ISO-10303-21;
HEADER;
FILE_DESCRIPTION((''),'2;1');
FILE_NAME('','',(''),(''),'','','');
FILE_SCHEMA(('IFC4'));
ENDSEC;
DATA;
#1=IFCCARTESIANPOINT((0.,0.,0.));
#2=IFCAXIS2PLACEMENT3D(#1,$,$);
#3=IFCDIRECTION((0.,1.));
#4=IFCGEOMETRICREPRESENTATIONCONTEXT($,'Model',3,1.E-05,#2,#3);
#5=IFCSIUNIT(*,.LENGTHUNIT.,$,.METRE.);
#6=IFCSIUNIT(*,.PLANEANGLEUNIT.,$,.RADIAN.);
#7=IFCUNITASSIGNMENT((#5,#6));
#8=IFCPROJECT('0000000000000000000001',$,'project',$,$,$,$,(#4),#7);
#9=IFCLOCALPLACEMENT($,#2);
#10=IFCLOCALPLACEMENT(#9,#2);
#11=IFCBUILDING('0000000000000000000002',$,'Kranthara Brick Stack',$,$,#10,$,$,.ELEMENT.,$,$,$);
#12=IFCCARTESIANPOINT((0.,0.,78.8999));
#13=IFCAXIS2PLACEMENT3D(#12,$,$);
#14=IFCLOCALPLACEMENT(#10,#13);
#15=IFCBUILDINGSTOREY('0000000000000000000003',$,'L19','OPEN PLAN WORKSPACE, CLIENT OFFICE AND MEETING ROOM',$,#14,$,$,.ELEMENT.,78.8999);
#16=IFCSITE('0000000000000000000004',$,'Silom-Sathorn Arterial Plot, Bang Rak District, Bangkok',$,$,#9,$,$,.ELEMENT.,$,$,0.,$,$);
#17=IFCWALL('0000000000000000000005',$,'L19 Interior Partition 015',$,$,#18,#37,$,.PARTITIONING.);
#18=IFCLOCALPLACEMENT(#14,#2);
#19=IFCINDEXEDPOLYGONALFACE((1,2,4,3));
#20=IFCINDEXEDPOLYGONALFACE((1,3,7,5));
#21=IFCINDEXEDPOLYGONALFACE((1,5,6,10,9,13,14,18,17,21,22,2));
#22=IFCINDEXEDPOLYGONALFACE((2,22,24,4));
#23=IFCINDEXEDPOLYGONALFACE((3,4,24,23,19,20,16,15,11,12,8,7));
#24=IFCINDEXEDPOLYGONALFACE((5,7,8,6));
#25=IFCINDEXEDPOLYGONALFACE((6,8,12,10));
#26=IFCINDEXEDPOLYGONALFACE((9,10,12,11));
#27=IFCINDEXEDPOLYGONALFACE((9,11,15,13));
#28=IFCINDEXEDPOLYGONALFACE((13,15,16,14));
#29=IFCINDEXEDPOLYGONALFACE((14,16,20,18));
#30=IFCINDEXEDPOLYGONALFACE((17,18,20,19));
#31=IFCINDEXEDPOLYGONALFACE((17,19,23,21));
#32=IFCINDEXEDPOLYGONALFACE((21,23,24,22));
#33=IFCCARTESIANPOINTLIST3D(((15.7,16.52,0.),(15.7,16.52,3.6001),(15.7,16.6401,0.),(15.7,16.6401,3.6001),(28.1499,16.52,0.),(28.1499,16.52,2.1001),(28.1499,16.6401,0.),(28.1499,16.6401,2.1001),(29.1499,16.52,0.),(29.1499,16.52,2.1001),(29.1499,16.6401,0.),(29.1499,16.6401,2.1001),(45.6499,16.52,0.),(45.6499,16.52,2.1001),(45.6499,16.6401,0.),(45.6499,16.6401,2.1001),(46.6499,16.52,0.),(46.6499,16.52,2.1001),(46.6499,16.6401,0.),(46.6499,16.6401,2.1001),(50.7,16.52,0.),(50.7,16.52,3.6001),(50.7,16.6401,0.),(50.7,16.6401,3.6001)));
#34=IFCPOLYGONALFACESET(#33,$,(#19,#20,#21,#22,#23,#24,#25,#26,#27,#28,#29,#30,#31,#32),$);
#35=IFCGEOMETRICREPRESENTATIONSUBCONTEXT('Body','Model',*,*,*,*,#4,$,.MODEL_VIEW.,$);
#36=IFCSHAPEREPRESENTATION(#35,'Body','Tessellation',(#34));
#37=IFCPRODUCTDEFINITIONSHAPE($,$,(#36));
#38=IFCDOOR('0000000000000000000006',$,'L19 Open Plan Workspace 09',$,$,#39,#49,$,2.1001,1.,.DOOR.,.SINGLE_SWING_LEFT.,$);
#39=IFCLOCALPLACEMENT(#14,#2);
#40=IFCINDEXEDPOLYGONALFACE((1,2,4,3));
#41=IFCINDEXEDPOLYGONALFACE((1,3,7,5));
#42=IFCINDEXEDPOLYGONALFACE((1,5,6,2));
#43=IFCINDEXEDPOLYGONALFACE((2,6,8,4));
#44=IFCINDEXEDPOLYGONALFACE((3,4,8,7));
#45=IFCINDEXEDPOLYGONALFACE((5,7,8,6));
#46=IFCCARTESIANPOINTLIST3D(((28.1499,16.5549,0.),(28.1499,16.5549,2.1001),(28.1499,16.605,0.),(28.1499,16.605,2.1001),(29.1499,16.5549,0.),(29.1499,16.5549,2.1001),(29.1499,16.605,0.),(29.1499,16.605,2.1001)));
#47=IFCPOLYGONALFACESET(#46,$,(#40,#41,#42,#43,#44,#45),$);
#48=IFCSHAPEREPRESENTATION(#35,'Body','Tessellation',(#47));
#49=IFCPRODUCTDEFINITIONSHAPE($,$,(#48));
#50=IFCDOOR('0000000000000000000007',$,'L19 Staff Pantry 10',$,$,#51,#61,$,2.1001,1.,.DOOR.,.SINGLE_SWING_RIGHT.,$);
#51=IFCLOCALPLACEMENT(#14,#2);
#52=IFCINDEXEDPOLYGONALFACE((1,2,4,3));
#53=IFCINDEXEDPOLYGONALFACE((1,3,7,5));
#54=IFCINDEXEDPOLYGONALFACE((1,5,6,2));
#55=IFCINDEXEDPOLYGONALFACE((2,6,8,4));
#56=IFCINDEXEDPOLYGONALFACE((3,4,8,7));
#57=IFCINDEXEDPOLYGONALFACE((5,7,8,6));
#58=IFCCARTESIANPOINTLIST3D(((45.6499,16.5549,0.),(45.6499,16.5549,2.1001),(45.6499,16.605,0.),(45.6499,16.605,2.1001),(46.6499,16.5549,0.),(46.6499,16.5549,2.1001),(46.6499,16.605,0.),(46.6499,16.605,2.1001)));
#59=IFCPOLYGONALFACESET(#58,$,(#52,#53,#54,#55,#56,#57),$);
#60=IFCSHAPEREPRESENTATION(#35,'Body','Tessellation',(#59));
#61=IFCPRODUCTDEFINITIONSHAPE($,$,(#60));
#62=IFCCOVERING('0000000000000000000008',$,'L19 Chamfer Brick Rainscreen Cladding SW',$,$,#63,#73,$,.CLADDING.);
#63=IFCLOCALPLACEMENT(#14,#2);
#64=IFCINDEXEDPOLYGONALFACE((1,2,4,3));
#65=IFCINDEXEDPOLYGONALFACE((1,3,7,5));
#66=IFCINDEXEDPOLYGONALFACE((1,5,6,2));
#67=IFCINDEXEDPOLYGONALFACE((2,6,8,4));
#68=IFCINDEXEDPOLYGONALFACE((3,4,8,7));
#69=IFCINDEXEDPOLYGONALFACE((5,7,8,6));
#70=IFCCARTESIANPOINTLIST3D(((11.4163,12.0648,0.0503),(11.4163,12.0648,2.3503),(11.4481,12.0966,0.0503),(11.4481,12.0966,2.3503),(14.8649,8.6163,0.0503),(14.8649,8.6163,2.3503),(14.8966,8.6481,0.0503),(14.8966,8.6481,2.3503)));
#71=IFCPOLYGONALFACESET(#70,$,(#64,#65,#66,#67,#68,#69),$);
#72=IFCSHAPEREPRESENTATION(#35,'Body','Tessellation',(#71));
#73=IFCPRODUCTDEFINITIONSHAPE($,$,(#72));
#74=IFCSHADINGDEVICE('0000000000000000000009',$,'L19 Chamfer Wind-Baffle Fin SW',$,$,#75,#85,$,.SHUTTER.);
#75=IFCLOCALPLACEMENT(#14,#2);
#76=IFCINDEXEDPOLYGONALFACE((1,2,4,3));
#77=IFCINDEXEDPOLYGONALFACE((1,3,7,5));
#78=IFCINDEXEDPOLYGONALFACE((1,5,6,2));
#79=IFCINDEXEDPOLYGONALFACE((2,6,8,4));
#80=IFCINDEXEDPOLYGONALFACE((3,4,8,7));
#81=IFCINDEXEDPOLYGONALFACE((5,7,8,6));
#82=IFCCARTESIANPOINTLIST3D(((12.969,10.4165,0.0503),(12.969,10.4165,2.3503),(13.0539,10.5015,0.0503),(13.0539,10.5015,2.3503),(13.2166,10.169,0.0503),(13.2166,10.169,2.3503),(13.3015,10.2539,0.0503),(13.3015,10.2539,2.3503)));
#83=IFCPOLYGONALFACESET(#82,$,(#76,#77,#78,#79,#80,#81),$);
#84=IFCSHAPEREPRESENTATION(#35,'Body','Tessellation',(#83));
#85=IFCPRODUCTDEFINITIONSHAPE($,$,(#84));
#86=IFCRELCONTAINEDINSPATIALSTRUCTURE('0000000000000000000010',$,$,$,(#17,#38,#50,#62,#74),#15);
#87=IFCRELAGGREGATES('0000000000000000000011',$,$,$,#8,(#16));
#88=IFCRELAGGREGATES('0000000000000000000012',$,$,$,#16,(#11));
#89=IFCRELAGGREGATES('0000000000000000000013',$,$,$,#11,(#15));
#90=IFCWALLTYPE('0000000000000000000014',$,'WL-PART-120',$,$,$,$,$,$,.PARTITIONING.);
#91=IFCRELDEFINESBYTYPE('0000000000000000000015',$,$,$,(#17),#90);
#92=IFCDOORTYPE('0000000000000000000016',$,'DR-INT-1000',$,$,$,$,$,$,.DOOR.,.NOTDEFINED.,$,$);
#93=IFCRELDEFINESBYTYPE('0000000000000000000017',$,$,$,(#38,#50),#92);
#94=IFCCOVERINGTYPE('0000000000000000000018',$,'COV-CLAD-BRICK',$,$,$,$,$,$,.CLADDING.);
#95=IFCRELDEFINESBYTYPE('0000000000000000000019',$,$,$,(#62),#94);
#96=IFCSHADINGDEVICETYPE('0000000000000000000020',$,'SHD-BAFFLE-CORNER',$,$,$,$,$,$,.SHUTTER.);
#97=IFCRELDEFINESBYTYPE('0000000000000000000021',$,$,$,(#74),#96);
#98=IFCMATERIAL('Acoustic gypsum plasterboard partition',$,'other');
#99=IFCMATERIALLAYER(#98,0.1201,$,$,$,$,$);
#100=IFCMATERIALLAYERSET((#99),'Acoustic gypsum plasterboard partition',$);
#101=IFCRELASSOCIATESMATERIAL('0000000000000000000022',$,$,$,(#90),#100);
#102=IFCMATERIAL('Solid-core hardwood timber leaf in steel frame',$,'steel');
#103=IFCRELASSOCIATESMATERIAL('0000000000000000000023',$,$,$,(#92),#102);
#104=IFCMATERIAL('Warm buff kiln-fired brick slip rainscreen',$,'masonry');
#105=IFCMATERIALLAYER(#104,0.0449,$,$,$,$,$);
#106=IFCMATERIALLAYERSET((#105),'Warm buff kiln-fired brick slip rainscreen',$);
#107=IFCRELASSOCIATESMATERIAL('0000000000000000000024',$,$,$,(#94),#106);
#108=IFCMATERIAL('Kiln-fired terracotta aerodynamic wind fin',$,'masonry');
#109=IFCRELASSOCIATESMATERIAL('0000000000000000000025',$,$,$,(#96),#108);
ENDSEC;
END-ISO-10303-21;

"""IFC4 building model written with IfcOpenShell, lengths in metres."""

from ifc_helpers import new_model, si_unit, direction, frame, frame_2d, origin, origin_2d, place, context, subcontext, project, spatial, rectangle, extrude, material, layer, layer_set, type_object, element, fill, save


model = new_model("IFC4")

# Units and contexts
model_context = context("Model", 3, precision=1e-05, world=origin(), true_north=direction((0.0, 1.0)))
body_context = subcontext(model_context, "Body", "Model", "MODEL_VIEW")
ifc_project = project(units=[si_unit("LENGTHUNIT", "METRE"), si_unit("PLANEANGLEUNIT", "RADIAN")], contexts=[model_context])

# Site, building, storey
site_placement = place(None, origin())
site = spatial("IfcSite", under=ifc_project, at=site_placement, Name="Silom-Sathorn Arterial Plot, Bang Rak District, Bangkok", CompositionType="ELEMENT", RefElevation=0.0)
building_placement = place(site_placement, origin())
building = spatial("IfcBuilding", under=site, at=building_placement, Name="Kranthara Brick Stack", CompositionType="ELEMENT")
storey_placement = place(building_placement, frame((0.0, 0.0, 78.8999)))
storey = spatial("IfcBuildingStorey", under=building, at=storey_placement, Name="L19", Description="OPEN PLAN WORKSPACE, CLIENT OFFICE AND MEETING ROOM", CompositionType="ELEMENT", Elevation=78.8999)

# Shared definitions
ifc_material_1 = material(Name="Acoustic gypsum plasterboard partition", Category="other")
ifc_layer_1 = layer(ifc_material_1, 0.1201)
ifc_layer_set_1 = layer_set([ifc_layer_1], Name="Acoustic gypsum plasterboard partition")
wall_type_1 = type_object("IfcWallType", Name="WL-PART-120", PredefinedType="PARTITIONING", material=ifc_layer_set_1)

# Wall, openings, doors
wall_1_placement = place(storey_placement, frame((15.7, 16.5801, 0.0), z_axis=(0.0, 0.0, 1.0), x_axis=(1.0, 0.0, 0.0)))
wall_1 = element("IfcWall", 1, at=wall_1_placement, inside=storey, type_object=wall_type_1, Name="L19 Interior Partition 015", PredefinedType="PARTITIONING", context=body_context, shape_type="SweptSolid", body=[
    extrude(rectangle(XDim=35.0, YDim=0.1201, at=frame_2d((17.5, 0.0))), origin(), (0.0, 0.0, 1.0), 3.6001),
])
opening_1_placement = place(wall_1_placement, frame((12.45, 0.0, 0.0)))
opening_1 = element("IfcOpeningElement", 2, at=opening_1_placement, cuts=wall_1, PredefinedType="OPENING", context=body_context, shape_type="SweptSolid", body=[
    extrude(rectangle(XDim=1.0, YDim=2.1001, at=frame_2d((0.5, 1.05))), frame((0.0, 0.0701, 0.0), z_axis=(0.0, -1.0, 0.0), x_axis=(1.0, 0.0, 0.0)), (0.0, 0.0, 1.0), 0.1401),
])
opening_2_placement = place(wall_1_placement, frame((29.95, 0.0, 0.0)))
opening_2 = element("IfcOpeningElement", 3, at=opening_2_placement, cuts=wall_1, PredefinedType="OPENING", context=body_context, shape_type="SweptSolid", body=[
    extrude(rectangle(XDim=1.0, YDim=2.1001, at=frame_2d((0.5, 1.05))), frame((0.0, 0.0701, 0.0), z_axis=(0.0, -1.0, 0.0), x_axis=(1.0, 0.0, 0.0)), (0.0, 0.0, 1.0), 0.1401),
])
ifc_material_2 = material(Name="Solid-core hardwood timber leaf in steel frame", Category="steel")
door_type = type_object("IfcDoorType", Name="DR-INT-1000", OperationType="NOTDEFINED", PredefinedType="DOOR", material=ifc_material_2)
door_1_placement = place(opening_1_placement, origin())
door_1 = element("IfcDoor", 4, at=door_1_placement, inside=storey, type_object=door_type, Name="L19 Open Plan Workspace 09", OperationType="SINGLE_SWING_LEFT", OverallHeight=2.1001, OverallWidth=1.0, PredefinedType="DOOR", context=body_context, shape_type="SweptSolid", body=[
    extrude(rectangle(XDim=1.0, YDim=2.1001, at=frame_2d((0.5, 1.05))), frame((0.0, 0.0249, 0.0), z_axis=(0.0, -1.0, 0.0), x_axis=(1.0, 0.0, 0.0)), (0.0, 0.0, 1.0), 0.05),
])
fill(opening_1, door_1)
door_2_placement = place(opening_2_placement, origin())
door_2 = element("IfcDoor", 5, at=door_2_placement, inside=storey, type_object=door_type, Name="L19 Staff Pantry 10", OperationType="SINGLE_SWING_RIGHT", OverallHeight=2.1001, OverallWidth=1.0, PredefinedType="DOOR", context=body_context, shape_type="SweptSolid", body=[
    extrude(rectangle(XDim=1.0, YDim=2.1001, at=frame_2d((0.5, 1.05))), frame((0.0, 0.0249, 0.0), z_axis=(0.0, -1.0, 0.0), x_axis=(1.0, 0.0, 0.0)), (0.0, 0.0, 1.0), 0.05),
])
fill(opening_2, door_2)

# Covering
ifc_material_3 = material(Name="Warm buff kiln-fired brick slip rainscreen", Category="masonry")
ifc_layer_2 = layer(ifc_material_3, 0.0449)
ifc_layer_set_2 = layer_set([ifc_layer_2], Name="Warm buff kiln-fired brick slip rainscreen")
covering_type = type_object("IfcCoveringType", Name="COV-CLAD-BRICK", PredefinedType="CLADDING", material=ifc_layer_set_2)
covering_placement = place(storey_placement, frame((13.1565, 10.3564, 0.0503), z_axis=(0.0, 0.0, 1.0), x_axis=(-0.707107, 0.707107, 0.0)))
element("IfcCovering", 6, at=covering_placement, inside=storey, type_object=covering_type, Name="L19 Chamfer Brick Rainscreen Cladding SW", PredefinedType="CLADDING", context=body_context, shape_type="SweptSolid", body=[
    extrude(rectangle(XDim=4.877, YDim=0.0449, at=origin_2d()), origin(), (0.0, 0.0, 1.0), 2.3),
])

# Shading device
ifc_material_4 = material(Name="Kiln-fired terracotta aerodynamic wind fin", Category="masonry")
shading_device_type = type_object("IfcShadingDeviceType", Name="SHD-BAFFLE-CORNER", PredefinedType="SHUTTER", material=ifc_material_4)
shading_device_placement = place(storey_placement, frame((13.1353, 10.3352, 0.0503), z_axis=(0.0, 0.0, 1.0), x_axis=(-0.707107, 0.707107, 0.0)))
element("IfcShadingDevice", 7, at=shading_device_placement, inside=storey, type_object=shading_device_type, Name="L19 Chamfer Wind-Baffle Fin SW", PredefinedType="SHUTTER", context=body_context, shape_type="SweptSolid", body=[
    extrude(rectangle(XDim=0.3501, YDim=0.1201, at=origin_2d()), origin(), (0.0, 0.0, 1.0), 2.3),
])

save(model, "model.ifc")
